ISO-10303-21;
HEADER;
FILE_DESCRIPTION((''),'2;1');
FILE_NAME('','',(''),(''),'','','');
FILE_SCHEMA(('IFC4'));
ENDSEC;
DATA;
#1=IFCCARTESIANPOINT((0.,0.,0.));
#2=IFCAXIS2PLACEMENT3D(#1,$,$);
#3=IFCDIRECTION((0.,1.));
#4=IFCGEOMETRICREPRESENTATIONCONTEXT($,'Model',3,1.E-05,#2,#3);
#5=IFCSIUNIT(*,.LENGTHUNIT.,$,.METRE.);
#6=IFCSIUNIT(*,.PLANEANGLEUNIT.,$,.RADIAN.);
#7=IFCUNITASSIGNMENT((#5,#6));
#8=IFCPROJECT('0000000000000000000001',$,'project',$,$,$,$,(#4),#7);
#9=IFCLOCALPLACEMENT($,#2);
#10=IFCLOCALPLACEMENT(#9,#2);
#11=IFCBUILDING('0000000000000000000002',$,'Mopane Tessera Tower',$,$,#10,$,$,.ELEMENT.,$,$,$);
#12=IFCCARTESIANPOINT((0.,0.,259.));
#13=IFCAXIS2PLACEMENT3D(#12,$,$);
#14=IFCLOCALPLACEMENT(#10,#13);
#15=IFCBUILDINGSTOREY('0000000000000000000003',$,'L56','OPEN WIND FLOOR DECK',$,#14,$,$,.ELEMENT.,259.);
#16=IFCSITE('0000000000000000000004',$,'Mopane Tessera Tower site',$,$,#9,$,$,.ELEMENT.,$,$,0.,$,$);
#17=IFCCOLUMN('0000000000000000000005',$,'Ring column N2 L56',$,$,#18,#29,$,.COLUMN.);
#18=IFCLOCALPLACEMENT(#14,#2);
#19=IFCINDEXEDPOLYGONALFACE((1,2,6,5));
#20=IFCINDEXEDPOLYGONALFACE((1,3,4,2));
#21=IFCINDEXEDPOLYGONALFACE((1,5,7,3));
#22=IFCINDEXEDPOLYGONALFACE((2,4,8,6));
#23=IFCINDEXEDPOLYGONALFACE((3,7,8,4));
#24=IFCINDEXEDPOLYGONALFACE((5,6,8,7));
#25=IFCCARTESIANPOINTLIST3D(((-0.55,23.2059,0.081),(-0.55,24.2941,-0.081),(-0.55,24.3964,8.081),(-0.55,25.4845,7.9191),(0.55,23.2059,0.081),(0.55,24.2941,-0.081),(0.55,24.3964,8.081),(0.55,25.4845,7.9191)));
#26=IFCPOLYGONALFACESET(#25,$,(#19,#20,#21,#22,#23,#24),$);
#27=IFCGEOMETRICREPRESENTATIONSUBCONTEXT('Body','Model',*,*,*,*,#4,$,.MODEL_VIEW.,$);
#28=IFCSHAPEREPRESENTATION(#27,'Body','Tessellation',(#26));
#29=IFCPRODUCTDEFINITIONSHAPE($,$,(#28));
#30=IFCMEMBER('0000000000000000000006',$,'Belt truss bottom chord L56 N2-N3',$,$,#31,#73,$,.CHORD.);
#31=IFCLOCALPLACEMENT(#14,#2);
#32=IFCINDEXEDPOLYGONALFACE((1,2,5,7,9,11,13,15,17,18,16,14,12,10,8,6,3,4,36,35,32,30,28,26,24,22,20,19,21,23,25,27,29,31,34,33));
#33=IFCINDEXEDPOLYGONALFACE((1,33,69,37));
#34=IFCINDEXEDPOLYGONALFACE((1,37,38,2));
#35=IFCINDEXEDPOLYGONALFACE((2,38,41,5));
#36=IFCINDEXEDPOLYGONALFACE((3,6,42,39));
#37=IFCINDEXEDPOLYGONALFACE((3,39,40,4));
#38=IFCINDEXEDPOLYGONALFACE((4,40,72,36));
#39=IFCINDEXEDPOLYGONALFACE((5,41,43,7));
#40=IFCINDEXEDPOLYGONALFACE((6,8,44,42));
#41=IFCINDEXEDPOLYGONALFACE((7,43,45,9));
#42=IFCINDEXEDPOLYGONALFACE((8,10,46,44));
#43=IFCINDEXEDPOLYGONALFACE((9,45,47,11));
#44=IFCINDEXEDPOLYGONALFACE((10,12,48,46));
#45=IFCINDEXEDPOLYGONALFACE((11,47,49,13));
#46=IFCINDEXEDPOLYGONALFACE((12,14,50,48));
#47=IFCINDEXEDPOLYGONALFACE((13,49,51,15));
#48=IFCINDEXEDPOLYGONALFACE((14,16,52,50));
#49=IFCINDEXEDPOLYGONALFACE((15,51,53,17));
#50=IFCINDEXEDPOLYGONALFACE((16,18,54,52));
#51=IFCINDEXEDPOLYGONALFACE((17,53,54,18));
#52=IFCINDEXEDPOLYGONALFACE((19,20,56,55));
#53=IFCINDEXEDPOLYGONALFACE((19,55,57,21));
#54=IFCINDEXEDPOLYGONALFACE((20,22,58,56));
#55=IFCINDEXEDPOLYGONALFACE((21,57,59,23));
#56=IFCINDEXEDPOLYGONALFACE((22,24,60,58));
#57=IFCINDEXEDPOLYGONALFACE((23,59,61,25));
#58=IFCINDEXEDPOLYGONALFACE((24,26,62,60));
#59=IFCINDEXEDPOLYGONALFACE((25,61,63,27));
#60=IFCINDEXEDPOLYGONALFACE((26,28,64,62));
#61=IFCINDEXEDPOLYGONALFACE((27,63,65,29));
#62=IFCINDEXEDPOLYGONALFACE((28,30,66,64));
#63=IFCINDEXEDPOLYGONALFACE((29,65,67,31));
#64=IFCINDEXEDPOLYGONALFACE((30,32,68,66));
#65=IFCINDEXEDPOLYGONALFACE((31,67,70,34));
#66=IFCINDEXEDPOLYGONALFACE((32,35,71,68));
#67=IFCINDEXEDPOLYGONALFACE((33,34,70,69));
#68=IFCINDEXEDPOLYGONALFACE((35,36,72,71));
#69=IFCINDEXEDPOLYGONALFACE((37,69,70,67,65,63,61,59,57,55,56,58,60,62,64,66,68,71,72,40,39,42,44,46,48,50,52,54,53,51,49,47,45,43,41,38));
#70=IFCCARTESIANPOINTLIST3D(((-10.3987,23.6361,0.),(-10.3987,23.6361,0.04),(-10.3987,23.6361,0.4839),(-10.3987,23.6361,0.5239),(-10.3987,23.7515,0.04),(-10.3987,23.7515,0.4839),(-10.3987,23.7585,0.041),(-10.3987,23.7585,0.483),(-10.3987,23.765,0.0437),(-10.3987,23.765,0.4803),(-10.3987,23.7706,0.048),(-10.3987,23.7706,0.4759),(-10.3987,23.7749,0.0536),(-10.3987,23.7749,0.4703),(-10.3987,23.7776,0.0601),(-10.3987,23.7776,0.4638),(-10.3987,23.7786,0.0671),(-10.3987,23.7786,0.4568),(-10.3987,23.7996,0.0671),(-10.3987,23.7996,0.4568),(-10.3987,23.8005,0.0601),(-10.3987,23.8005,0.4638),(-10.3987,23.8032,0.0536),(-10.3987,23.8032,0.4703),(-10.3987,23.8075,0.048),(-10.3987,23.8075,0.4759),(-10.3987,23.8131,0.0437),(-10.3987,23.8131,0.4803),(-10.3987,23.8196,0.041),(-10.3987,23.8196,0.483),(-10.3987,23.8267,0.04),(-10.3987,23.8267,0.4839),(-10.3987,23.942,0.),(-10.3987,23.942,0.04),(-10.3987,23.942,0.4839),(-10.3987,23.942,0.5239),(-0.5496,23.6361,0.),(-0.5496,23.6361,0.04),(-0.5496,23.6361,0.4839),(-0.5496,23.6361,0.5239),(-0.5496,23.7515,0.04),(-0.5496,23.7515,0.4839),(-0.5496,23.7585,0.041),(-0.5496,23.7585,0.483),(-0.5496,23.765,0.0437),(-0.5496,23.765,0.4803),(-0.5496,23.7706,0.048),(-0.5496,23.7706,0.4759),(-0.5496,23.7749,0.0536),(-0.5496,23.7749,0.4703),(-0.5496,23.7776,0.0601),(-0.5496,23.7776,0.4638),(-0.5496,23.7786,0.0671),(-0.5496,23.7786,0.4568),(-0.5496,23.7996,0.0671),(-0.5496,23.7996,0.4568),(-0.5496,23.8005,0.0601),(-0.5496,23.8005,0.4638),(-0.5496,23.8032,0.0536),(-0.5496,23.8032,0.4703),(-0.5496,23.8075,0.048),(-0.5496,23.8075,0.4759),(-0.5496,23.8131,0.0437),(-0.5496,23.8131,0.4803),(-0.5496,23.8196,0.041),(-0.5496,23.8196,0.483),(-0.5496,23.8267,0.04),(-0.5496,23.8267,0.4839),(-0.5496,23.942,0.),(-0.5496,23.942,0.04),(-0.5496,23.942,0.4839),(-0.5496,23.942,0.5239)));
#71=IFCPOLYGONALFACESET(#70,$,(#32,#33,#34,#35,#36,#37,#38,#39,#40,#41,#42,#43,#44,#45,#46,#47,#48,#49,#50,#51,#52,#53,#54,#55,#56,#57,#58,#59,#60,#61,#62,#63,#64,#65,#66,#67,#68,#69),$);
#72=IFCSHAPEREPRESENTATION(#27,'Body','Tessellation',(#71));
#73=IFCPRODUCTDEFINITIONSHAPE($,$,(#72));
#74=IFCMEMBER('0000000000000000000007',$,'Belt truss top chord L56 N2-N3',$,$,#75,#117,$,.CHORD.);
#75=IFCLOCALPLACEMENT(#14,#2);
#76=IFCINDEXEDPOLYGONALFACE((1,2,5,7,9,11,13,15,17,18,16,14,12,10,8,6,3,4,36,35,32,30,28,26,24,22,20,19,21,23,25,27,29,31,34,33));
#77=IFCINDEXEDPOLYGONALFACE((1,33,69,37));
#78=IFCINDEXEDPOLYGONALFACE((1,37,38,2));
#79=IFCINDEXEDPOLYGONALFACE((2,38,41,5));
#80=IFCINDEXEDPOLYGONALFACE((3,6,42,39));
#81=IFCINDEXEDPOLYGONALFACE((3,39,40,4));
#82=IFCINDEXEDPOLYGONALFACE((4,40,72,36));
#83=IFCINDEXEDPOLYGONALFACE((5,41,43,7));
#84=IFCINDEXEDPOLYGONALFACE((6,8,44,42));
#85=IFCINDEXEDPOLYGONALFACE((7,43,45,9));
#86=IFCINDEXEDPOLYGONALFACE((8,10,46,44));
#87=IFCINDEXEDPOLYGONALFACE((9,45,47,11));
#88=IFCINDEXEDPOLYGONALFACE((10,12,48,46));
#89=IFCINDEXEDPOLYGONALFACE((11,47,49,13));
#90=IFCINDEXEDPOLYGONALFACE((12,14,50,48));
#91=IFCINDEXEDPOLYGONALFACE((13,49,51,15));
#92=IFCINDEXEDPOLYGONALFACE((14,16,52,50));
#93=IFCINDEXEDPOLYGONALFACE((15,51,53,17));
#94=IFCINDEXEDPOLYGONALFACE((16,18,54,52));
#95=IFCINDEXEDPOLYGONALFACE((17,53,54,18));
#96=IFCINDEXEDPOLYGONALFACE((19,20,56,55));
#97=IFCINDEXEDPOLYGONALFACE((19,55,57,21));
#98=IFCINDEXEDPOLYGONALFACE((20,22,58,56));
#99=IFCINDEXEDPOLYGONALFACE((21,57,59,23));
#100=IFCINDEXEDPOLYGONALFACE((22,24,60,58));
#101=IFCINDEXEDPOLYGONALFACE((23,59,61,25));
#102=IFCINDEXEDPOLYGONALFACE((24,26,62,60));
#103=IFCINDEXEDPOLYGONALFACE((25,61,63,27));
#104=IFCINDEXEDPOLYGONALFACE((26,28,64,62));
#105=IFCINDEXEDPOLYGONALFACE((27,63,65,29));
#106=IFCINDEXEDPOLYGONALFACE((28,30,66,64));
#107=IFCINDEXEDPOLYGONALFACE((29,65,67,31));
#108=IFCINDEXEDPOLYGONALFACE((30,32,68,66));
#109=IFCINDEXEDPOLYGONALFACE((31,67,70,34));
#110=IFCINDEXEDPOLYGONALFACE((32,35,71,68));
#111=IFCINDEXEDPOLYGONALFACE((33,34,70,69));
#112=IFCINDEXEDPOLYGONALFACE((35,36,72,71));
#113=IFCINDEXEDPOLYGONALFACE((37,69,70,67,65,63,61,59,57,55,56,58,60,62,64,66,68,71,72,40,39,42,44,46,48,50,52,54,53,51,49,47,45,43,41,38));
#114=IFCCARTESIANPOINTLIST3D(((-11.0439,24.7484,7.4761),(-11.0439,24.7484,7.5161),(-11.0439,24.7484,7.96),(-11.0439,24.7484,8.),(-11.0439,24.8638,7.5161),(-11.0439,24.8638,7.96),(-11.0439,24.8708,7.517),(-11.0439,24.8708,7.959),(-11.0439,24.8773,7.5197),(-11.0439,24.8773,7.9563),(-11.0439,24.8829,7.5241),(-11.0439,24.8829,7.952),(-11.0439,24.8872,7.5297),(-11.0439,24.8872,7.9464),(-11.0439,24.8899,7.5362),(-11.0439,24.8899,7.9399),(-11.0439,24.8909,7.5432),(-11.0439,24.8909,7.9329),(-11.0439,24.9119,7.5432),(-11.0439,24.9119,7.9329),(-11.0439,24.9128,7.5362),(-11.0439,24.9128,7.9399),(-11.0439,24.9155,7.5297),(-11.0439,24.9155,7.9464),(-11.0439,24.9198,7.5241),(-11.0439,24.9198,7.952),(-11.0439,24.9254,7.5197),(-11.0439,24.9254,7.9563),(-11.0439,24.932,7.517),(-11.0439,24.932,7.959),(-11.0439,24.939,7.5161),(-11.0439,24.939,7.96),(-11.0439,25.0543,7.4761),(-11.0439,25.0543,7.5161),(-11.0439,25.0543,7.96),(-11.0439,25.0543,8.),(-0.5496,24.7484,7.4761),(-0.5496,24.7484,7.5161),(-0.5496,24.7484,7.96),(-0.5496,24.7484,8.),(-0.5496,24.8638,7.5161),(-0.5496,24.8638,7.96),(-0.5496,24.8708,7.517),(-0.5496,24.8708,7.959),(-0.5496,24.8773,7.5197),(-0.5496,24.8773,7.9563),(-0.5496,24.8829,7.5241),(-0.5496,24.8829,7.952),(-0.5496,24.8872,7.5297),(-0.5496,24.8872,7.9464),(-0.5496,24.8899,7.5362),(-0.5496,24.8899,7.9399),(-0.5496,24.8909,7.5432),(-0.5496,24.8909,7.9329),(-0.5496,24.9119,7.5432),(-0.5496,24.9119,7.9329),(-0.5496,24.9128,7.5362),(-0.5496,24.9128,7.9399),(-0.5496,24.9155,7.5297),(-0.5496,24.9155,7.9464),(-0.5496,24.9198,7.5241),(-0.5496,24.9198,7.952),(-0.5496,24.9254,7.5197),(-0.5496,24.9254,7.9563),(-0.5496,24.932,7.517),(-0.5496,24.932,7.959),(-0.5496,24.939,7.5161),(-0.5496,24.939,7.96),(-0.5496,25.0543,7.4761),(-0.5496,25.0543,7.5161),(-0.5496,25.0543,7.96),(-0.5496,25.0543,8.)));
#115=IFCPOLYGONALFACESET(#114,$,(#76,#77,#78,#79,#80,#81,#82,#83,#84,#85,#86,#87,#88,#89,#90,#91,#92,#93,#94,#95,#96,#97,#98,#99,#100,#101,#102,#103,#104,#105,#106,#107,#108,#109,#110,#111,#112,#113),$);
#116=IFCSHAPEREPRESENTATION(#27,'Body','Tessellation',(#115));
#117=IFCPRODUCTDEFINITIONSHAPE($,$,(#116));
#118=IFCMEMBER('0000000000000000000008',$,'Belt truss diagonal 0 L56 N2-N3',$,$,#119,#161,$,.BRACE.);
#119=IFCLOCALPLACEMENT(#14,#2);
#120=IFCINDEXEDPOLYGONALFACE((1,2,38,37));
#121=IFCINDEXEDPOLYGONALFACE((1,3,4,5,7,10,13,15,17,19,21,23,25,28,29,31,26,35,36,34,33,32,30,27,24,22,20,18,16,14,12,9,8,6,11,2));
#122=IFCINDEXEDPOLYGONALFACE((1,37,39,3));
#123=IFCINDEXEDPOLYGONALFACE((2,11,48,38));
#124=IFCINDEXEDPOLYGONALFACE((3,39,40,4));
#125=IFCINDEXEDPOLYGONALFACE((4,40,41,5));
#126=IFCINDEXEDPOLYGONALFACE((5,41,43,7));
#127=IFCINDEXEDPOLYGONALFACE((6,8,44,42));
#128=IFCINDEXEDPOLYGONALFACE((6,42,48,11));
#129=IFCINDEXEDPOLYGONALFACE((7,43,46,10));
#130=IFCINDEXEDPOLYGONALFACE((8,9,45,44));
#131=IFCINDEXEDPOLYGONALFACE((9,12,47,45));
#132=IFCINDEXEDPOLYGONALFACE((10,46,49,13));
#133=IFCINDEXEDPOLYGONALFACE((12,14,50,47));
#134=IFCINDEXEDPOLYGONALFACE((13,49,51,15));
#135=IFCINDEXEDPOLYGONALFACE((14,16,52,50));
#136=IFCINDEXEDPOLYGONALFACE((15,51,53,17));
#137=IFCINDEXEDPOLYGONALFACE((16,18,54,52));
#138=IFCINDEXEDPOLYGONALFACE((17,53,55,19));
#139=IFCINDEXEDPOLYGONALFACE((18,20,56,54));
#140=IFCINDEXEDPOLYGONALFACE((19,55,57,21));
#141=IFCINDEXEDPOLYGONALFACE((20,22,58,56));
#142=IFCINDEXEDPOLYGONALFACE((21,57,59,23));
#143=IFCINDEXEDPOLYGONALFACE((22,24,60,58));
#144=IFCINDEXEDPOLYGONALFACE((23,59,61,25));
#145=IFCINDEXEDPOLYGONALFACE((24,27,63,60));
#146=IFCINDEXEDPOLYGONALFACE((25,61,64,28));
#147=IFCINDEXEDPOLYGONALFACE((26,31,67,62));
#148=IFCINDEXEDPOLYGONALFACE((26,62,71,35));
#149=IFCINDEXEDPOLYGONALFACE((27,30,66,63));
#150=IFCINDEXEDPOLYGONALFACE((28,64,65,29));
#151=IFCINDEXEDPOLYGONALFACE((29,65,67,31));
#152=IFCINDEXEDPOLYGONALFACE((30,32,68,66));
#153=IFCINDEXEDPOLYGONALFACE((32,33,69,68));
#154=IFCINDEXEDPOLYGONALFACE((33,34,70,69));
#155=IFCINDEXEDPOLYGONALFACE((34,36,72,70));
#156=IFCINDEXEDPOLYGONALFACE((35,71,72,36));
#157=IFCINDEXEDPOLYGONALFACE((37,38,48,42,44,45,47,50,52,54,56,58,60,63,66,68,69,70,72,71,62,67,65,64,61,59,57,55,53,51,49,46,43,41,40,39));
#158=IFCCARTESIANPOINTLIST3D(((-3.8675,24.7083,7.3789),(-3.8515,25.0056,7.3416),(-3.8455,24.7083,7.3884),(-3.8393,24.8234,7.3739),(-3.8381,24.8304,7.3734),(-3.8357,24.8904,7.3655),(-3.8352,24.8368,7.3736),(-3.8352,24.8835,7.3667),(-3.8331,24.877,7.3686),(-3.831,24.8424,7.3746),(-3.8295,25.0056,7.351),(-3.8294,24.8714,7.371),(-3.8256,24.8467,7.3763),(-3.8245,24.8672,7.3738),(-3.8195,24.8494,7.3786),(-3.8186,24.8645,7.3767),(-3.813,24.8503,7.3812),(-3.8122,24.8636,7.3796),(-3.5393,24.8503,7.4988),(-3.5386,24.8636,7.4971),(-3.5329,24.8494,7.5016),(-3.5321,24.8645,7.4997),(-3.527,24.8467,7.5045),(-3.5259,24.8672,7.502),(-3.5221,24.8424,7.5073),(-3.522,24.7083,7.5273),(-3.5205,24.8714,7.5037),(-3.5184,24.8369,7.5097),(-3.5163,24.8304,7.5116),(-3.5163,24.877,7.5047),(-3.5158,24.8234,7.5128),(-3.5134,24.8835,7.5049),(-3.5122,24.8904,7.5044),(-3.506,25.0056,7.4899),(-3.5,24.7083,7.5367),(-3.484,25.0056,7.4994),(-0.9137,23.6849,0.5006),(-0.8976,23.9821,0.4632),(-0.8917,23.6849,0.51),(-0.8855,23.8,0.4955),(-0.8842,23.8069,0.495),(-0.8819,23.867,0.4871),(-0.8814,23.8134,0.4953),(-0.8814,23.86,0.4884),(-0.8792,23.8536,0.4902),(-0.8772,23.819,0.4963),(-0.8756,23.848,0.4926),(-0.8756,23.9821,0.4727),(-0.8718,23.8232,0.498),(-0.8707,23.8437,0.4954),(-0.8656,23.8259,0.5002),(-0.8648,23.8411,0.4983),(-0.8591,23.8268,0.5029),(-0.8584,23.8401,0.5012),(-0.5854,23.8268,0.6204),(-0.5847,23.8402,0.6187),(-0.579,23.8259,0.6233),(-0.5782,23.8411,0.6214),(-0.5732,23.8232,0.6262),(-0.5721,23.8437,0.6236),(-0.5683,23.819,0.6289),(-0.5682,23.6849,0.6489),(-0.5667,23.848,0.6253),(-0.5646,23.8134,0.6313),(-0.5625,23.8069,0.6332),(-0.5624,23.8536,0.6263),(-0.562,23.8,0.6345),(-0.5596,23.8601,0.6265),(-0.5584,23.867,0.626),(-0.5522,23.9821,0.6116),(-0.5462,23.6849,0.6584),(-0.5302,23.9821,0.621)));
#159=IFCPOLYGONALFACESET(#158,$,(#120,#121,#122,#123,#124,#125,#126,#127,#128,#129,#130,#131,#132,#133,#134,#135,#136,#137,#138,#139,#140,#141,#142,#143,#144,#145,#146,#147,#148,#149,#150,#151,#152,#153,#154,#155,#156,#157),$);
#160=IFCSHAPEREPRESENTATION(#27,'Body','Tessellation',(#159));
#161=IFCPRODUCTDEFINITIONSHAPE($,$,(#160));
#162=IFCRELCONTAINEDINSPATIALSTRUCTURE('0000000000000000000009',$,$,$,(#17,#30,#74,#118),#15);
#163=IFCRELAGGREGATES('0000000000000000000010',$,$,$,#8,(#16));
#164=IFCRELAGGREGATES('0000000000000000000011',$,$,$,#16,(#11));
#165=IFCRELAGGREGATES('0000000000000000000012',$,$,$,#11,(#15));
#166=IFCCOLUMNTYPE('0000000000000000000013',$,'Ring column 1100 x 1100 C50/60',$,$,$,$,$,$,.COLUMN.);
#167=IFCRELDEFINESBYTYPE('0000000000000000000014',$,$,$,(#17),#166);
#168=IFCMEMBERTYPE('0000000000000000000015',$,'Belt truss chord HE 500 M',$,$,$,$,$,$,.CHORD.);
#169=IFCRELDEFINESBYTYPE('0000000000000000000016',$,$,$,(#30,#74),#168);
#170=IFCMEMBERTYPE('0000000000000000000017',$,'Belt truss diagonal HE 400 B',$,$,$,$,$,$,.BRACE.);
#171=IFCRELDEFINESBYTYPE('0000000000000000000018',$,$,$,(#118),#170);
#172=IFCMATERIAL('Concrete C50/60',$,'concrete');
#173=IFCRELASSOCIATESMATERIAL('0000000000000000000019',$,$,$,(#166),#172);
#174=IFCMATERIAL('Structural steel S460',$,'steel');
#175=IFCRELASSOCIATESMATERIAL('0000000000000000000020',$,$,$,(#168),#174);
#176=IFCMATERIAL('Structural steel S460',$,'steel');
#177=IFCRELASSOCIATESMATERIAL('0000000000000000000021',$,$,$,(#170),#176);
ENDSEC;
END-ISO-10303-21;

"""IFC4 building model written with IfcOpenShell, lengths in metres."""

from ifc_helpers import new_model, si_unit, direction, frame, origin, origin_2d, place, context, subcontext, project, spatial, rectangle, i_section, extrude, material, material_profile, profile_set, type_object, element, save


model = new_model("IFC4")

# Units and contexts
model_context = context("Model", 3, precision=1e-05, world=origin(), true_north=direction((0.0, 1.0)))
body_context = subcontext(model_context, "Body", "Model", "MODEL_VIEW")
ifc_project = project(units=[si_unit("LENGTHUNIT", "METRE"), si_unit("PLANEANGLEUNIT", "RADIAN")], contexts=[model_context])

# Site, building, storey
site_placement = place(None, origin())
site = spatial("IfcSite", under=ifc_project, at=site_placement, Name="Mopane Tessera Tower site", CompositionType="ELEMENT", RefElevation=0.0)
building_placement = place(site_placement, origin())
building = spatial("IfcBuilding", under=site, at=building_placement, Name="Mopane Tessera Tower", CompositionType="ELEMENT")
storey_placement = place(building_placement, frame((0.0, 0.0, 259.0)))
storey = spatial("IfcBuildingStorey", under=building, at=storey_placement, Name="L56", Description="OPEN WIND FLOOR DECK", CompositionType="ELEMENT", Elevation=259.0)

# Column
ifc_material_1 = material(Name="Concrete C50/60", Category="concrete")
ifc_material_profile_1 = material_profile(ifc_material_1, rectangle(XDim=1.1001, YDim=1.1001, at=origin_2d()))
ifc_profile_set_1 = profile_set([ifc_material_profile_1], Name="Concrete C50/60")
column_type = type_object("IfcColumnType", Name="Ring column 1100 x 1100 C50/60", PredefinedType="COLUMN", material=ifc_profile_set_1)
column_placement = place(storey_placement, frame((0.0, 23.75, 0.0), z_axis=(0.0, 0.147183, 0.989109), x_axis=(-1.0, 0.0, 0.0)))
element("IfcColumn", 1, at=column_placement, inside=storey, type_object=column_type, Name="Ring column N2 L56", PredefinedType="COLUMN", context=body_context, shape_type="SweptSolid", body=[
    extrude(rectangle(XDim=1.1001, YDim=1.1001, at=origin_2d()), origin(), (0.0, 0.0, 1.0), 8.0881),
])

# Members
ifc_material_2 = material(Name="Structural steel S460", Category="steel")
ifc_material_profile_2 = material_profile(ifc_material_2, i_section(OverallWidth=0.3059, OverallDepth=0.5239, WebThickness=0.021, FlangeThickness=0.04, FilletRadius=0.0271, at=origin_2d()))
ifc_profile_set_2 = profile_set([ifc_material_profile_2], Name="Structural steel S460")
member_type_1 = type_object("IfcMemberType", Name="Belt truss chord HE 500 M", PredefinedType="CHORD", material=ifc_profile_set_2)
member_1_placement = place(storey_placement, frame((-0.5496, 23.7891, 0.262), z_axis=(-1.0, 0.0, 0.0), x_axis=(0.0, -1.0, 0.0)))
element("IfcMember", 2, at=member_1_placement, inside=storey, type_object=member_type_1, Name="Belt truss bottom chord L56 N2-N3", PredefinedType="CHORD", context=body_context, shape_type="SweptSolid", body=[
    extrude(i_section(OverallWidth=0.3059, OverallDepth=0.5239, WebThickness=0.021, FlangeThickness=0.04, FilletRadius=0.0271, at=origin_2d()), origin(), (0.0, 0.0, 1.0), 9.8491),
])
member_2_placement = place(storey_placement, frame((-0.5496, 24.9014, 7.738), z_axis=(-1.0, 0.0, 0.0), x_axis=(0.0, -1.0, 0.0)))
element("IfcMember", 3, at=member_2_placement, inside=storey, type_object=member_type_1, Name="Belt truss top chord L56 N2-N3", PredefinedType="CHORD", context=body_context, shape_type="SweptSolid", body=[
    extrude(i_section(OverallWidth=0.3059, OverallDepth=0.5239, WebThickness=0.021, FlangeThickness=0.04, FilletRadius=0.0271, at=origin_2d()), origin(), (0.0, 0.0, 1.0), 10.4944),
])
ifc_material_3 = material(Name="Structural steel S460", Category="steel")
ifc_material_profile_3 = material_profile(ifc_material_3, i_section(OverallWidth=0.3, OverallDepth=0.3999, WebThickness=0.0134, FlangeThickness=0.0239, FilletRadius=0.0271, at=origin_2d()))
ifc_profile_set_3 = profile_set([ifc_material_profile_3], Name="Structural steel S460")
member_type_2 = type_object("IfcMemberType", Name="Belt truss diagonal HE 400 B", PredefinedType="BRACE", material=ifc_profile_set_3)
member_3_placement = place(storey_placement, frame((-0.7219, 23.8335, 0.5608), z_axis=(-0.390955, 0.135456, 0.910388), x_axis=(-0.053432, -0.990783, 0.124472)))
element("IfcMember", 4, at=member_3_placement, inside=storey, type_object=member_type_2, Name="Belt truss diagonal 0 L56 N2-N3", PredefinedType="BRACE", context=body_context, shape_type="SweptSolid", body=[
    extrude(i_section(OverallWidth=0.3, OverallDepth=0.3999, WebThickness=0.0134, FlangeThickness=0.0239, FilletRadius=0.0271, at=origin_2d()), origin(), (0.0, 0.0, 1.0), 7.5554),
])

save(model, "model.ifc")
